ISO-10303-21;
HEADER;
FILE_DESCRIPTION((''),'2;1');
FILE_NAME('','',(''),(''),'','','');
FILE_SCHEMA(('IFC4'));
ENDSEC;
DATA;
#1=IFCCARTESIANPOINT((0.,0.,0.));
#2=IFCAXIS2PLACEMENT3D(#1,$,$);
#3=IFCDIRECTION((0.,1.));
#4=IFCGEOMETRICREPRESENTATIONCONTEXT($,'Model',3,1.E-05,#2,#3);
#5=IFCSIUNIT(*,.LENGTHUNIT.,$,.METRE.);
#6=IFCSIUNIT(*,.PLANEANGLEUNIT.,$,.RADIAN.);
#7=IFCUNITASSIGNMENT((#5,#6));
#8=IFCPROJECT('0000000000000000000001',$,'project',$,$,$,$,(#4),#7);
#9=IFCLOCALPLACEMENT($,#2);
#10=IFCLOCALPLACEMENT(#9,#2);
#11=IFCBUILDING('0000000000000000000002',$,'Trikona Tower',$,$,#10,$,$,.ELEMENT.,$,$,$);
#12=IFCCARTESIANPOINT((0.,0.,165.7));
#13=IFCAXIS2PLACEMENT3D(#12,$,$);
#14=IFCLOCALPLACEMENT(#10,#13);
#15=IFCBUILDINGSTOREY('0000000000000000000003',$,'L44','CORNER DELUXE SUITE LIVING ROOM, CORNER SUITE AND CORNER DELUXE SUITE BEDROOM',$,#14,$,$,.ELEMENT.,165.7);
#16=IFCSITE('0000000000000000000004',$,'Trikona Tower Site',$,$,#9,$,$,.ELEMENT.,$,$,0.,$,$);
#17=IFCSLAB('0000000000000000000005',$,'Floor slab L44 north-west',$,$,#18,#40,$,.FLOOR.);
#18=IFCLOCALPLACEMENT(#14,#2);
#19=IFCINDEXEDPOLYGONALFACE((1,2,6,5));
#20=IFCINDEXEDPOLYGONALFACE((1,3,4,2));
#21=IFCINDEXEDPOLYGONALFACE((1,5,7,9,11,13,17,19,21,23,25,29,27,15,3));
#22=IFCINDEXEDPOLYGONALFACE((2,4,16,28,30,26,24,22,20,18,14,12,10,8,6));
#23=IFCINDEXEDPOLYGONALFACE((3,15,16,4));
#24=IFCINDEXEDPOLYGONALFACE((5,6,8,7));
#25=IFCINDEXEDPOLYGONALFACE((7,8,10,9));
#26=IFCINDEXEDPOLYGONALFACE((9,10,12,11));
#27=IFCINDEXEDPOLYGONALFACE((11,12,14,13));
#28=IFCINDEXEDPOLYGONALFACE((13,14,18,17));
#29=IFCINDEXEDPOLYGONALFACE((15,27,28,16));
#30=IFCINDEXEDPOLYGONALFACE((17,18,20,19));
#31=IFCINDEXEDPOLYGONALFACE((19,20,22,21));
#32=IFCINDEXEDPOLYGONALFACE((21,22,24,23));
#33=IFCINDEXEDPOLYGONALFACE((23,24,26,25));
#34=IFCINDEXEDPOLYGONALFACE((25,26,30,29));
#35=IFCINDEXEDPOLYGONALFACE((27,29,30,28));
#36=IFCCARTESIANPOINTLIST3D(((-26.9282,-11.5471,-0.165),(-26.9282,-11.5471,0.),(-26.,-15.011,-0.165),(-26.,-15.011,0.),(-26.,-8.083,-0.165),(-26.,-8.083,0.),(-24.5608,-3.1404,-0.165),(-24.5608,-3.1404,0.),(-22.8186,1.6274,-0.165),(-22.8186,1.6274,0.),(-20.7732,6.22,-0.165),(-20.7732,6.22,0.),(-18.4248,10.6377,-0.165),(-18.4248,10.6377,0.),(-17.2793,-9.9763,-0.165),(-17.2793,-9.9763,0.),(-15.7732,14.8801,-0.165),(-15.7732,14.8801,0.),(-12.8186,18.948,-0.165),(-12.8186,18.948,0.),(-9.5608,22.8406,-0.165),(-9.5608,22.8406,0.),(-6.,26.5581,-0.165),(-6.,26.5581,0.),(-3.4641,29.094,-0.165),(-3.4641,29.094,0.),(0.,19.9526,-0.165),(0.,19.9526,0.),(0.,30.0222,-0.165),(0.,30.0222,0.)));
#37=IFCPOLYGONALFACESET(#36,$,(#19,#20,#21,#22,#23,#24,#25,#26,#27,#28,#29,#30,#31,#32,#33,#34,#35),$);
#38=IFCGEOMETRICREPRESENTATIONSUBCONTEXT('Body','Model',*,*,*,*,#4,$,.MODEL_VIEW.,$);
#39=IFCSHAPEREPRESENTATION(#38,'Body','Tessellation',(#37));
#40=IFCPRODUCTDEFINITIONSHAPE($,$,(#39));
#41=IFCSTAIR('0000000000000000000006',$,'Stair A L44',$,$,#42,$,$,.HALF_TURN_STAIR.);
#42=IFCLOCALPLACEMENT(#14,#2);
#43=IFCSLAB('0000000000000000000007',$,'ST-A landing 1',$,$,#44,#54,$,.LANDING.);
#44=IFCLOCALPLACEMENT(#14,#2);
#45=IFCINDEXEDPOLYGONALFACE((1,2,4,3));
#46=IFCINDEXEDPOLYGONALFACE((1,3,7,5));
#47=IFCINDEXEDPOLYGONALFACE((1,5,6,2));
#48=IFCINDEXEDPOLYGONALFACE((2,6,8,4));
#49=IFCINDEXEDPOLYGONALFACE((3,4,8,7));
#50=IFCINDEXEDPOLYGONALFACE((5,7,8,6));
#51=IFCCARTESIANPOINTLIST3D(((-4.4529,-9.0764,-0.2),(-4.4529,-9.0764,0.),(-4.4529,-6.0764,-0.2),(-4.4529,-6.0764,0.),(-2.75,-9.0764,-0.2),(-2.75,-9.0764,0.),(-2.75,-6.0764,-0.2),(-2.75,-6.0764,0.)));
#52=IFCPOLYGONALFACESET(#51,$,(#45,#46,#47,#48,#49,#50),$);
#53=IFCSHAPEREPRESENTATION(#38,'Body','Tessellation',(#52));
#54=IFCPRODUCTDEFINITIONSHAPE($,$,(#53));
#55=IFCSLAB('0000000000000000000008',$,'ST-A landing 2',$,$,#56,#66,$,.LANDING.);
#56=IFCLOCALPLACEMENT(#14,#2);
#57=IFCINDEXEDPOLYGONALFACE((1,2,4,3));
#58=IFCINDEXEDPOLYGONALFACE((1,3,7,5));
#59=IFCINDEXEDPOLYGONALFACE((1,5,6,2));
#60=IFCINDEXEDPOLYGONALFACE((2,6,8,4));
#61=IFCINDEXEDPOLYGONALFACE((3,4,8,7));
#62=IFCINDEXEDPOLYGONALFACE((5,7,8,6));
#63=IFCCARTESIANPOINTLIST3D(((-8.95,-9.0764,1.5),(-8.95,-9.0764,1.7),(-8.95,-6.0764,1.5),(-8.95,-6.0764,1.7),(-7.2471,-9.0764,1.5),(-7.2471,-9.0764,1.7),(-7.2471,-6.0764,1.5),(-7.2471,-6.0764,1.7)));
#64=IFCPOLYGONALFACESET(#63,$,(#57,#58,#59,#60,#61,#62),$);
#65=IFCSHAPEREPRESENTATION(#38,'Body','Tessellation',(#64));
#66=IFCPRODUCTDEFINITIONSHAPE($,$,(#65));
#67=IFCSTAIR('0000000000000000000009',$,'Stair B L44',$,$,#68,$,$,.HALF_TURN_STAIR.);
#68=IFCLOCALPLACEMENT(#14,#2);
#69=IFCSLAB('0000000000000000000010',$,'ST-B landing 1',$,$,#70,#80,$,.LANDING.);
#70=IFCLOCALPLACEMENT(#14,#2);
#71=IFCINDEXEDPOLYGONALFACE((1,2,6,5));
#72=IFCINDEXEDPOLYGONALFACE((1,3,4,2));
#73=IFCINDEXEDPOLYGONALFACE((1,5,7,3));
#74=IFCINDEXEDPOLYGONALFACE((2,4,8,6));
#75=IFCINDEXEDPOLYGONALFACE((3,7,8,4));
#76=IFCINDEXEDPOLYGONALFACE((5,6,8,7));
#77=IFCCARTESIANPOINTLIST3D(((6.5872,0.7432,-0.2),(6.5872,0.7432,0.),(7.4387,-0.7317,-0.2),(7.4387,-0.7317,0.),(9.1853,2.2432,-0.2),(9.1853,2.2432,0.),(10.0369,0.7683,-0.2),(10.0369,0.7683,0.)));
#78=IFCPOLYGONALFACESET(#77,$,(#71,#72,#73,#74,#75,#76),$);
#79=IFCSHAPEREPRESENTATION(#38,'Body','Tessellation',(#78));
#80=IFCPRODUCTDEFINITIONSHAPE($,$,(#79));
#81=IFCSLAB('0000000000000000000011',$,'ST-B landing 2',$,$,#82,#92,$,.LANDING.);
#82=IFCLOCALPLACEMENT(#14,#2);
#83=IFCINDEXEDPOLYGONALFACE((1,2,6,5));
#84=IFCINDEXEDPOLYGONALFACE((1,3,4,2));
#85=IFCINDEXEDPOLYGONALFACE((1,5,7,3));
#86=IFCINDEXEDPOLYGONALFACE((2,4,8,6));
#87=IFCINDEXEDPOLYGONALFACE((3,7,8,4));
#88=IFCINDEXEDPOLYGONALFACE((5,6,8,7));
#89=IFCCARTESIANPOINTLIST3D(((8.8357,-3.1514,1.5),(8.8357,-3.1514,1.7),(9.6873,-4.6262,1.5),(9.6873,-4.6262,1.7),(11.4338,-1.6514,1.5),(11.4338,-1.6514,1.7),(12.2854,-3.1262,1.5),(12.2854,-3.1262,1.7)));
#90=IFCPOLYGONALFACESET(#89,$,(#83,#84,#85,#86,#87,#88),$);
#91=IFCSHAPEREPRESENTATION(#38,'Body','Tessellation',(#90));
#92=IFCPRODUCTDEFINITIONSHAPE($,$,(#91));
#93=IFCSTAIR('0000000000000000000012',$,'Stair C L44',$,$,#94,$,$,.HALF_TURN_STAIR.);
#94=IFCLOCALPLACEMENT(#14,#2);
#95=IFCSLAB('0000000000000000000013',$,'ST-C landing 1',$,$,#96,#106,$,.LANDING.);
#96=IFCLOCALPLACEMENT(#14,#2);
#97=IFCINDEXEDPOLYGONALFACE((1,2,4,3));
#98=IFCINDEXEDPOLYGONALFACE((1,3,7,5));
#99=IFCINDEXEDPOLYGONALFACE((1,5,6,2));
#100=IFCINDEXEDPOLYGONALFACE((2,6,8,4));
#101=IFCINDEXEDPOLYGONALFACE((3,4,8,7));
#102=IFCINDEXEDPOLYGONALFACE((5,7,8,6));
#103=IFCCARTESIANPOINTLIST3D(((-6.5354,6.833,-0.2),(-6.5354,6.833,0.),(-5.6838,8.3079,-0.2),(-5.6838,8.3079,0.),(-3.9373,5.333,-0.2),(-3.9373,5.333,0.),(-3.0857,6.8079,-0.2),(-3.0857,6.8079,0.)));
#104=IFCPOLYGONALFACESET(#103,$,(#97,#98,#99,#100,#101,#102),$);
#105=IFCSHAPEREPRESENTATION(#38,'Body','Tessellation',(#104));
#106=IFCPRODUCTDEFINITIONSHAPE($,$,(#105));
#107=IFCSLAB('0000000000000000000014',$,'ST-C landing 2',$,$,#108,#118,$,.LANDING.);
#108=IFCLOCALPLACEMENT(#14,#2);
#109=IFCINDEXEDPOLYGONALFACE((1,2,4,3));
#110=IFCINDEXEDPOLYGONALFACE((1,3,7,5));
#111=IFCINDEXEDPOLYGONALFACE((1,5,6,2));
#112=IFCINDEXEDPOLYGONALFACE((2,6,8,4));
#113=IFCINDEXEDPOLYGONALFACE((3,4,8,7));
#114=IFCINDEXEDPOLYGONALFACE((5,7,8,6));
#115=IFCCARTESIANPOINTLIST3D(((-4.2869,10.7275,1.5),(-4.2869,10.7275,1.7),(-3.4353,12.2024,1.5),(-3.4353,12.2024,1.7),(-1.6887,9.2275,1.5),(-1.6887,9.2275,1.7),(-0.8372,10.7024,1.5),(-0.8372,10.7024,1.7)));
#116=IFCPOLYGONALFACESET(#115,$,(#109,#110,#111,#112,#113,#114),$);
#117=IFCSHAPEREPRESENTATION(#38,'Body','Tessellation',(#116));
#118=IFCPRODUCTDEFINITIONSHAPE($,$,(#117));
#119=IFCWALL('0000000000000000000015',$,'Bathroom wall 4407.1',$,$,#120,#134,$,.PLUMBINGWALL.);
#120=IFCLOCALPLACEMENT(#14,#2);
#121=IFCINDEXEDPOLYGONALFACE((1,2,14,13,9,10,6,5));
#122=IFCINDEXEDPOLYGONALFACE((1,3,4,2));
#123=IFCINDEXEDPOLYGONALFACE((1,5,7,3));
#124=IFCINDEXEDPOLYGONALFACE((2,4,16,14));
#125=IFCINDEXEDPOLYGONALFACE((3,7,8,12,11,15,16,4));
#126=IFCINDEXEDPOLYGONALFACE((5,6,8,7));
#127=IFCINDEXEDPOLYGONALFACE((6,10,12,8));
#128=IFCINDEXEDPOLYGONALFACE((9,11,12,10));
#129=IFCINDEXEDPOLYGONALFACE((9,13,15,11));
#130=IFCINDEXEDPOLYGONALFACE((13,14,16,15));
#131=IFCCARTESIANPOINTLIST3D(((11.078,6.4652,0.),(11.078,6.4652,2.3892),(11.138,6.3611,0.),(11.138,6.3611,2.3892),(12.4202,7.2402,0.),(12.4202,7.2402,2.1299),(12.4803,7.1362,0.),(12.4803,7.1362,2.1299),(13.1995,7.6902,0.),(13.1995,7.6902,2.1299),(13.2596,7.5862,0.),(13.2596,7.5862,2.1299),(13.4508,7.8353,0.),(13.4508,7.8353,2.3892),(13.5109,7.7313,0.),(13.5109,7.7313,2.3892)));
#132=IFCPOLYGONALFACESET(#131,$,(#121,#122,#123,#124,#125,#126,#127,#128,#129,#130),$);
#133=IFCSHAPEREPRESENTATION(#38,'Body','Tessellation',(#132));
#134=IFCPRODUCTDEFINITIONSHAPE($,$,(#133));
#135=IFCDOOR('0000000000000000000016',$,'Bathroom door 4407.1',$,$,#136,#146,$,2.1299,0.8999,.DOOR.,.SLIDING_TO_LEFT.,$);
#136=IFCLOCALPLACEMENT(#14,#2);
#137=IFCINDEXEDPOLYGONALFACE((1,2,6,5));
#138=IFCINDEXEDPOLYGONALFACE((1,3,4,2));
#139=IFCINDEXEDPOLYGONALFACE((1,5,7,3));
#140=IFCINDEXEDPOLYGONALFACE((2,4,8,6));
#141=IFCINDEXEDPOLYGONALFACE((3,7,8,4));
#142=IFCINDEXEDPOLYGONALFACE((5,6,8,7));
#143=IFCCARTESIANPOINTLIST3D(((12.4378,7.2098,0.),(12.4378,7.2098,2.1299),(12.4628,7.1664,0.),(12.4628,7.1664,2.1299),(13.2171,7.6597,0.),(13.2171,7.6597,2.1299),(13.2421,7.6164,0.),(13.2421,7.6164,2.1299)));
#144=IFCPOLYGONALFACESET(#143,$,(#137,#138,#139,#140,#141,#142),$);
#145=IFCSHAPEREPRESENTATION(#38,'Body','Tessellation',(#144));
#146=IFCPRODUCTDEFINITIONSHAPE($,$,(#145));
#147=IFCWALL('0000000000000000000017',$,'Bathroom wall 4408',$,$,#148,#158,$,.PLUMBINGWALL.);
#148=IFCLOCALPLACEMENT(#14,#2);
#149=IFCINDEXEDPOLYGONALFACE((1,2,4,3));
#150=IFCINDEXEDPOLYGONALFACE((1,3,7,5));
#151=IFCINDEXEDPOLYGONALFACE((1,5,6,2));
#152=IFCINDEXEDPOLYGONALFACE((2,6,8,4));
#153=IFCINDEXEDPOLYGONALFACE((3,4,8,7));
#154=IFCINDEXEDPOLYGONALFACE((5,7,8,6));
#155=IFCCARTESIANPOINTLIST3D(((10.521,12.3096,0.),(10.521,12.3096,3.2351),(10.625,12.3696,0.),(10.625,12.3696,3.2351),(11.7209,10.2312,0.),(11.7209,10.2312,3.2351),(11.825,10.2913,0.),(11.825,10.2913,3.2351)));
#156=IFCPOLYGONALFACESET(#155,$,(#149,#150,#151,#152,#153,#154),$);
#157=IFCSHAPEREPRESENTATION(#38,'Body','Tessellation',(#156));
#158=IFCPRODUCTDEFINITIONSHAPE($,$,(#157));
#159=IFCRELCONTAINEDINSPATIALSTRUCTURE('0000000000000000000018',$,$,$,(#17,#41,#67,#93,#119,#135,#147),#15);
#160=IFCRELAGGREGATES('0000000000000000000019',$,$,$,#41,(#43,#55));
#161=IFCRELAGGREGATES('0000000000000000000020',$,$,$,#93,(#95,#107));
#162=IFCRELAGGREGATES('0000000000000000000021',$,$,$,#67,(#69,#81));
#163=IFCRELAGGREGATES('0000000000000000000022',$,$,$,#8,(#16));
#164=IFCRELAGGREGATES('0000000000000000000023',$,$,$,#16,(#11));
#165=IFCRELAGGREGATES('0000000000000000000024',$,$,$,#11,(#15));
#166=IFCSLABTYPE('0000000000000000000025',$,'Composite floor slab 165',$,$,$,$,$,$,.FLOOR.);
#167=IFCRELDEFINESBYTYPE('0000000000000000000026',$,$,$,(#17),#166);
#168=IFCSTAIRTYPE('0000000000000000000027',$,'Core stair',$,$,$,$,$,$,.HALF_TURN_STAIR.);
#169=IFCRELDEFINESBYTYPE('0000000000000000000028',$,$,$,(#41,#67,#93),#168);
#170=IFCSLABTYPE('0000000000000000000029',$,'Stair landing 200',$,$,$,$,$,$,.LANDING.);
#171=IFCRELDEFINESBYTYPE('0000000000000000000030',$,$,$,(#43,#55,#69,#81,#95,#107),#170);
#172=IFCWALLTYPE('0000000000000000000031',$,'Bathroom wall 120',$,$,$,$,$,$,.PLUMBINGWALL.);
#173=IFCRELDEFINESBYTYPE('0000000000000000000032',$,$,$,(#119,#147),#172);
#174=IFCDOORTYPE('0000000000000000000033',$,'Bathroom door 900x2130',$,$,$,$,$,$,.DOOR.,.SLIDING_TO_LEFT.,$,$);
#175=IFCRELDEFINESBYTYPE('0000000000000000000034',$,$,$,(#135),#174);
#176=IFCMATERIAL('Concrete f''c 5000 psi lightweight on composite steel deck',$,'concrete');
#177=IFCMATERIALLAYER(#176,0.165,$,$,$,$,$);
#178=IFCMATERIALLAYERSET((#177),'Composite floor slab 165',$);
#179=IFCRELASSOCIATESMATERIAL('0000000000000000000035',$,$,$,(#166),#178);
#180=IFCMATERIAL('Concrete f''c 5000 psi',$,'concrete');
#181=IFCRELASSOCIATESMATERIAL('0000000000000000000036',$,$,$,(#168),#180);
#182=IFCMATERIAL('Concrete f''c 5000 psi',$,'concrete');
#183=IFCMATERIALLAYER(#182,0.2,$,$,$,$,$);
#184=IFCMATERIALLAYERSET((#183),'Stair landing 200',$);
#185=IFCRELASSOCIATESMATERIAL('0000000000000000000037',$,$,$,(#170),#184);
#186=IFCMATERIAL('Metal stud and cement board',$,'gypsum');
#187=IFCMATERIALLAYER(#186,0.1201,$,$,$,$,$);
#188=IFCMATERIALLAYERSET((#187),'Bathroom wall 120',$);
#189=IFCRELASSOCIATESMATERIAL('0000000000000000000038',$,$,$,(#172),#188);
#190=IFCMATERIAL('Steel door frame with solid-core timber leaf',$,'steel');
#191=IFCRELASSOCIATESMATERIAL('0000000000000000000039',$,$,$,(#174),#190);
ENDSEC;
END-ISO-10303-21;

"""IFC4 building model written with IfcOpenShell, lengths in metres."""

from ifc_helpers import new_model, si_unit, direction, frame, frame_2d, origin, place, context, subcontext, project, spatial, polyline, rectangle, outline, extrude, material, layer, layer_set, type_object, element, fill, aggregate, save


model = new_model("IFC4")

# Units and contexts
model_context = context("Model", 3, precision=1e-05, world=origin(), true_north=direction((0.0, 1.0)))
body_context = subcontext(model_context, "Body", "Model", "MODEL_VIEW")
ifc_project = project(units=[si_unit("LENGTHUNIT", "METRE"), si_unit("PLANEANGLEUNIT", "RADIAN")], contexts=[model_context])

# Site, building, storey
site_placement = place(None, origin())
site = spatial("IfcSite", under=ifc_project, at=site_placement, Name="Trikona Tower Site", CompositionType="ELEMENT", RefElevation=0.0)
building_placement = place(site_placement, origin())
building = spatial("IfcBuilding", under=site, at=building_placement, Name="Trikona Tower", CompositionType="ELEMENT")
storey_placement = place(building_placement, frame((0.0, 0.0, 165.7)))
storey = spatial("IfcBuildingStorey", under=building, at=storey_placement, Name="L44", Description="CORNER DELUXE SUITE LIVING ROOM, CORNER SUITE AND CORNER DELUXE SUITE BEDROOM", CompositionType="ELEMENT", Elevation=165.7)

# Slab
ifc_material_1 = material(Name="Concrete f'c 5000 psi lightweight on composite steel deck", Category="concrete")
ifc_layer_1 = layer(ifc_material_1, 0.165)
ifc_layer_set_1 = layer_set([ifc_layer_1], Name="Composite floor slab 165")
slab_type_1 = type_object("IfcSlabType", Name="Composite floor slab 165", PredefinedType="FLOOR", material=ifc_layer_set_1)
slab_1_placement = place(storey_placement, frame((0.0, 0.0, -0.165)))
element("IfcSlab", 1, at=slab_1_placement, inside=storey, type_object=slab_type_1, Name="Floor slab L44 north-west", PredefinedType="FLOOR", context=body_context, shape_type="SweptSolid", body=[
    extrude(outline(polyline([(0.0, 19.9526), (0.0, 30.0222), (-3.4641, 29.094), (-6.0, 26.5581), (-9.5608, 22.8406), (-12.8186, 18.948), (-15.7732, 14.8801), (-18.4248, 10.6377), (-20.7732, 6.22), (-22.8186, 1.6274), (-24.5608, -3.1404), (-26.0, -8.083), (-26.9282, -11.5471), (-26.0, -15.011), (-17.2793, -9.9763), (0.0, 19.9526)])), origin(), (0.0, 0.0, 1.0), 0.165),
])

# Stairs, slabs
ifc_material_2 = material(Name="Concrete f'c 5000 psi", Category="concrete")
stair_type = type_object("IfcStairType", Name="Core stair", PredefinedType="HALF_TURN_STAIR", material=ifc_material_2)
stair_1_placement = place(storey_placement, origin())
stair_1 = element("IfcStair", 2, at=stair_1_placement, inside=storey, type_object=stair_type, Name="Stair A L44", PredefinedType="HALF_TURN_STAIR")
ifc_material_3 = material(Name="Concrete f'c 5000 psi", Category="concrete")
ifc_layer_2 = layer(ifc_material_3, 0.2)
ifc_layer_set_2 = layer_set([ifc_layer_2], Name="Stair landing 200")
slab_type_2 = type_object("IfcSlabType", Name="Stair landing 200", PredefinedType="LANDING", material=ifc_layer_set_2)
slab_2_placement = place(storey_placement, frame((0.0, 0.0, -0.2)))
slab_2 = element("IfcSlab", 3, at=slab_2_placement, type_object=slab_type_2, Name="ST-A landing 1", PredefinedType="LANDING", context=body_context, shape_type="SweptSolid", body=[
    extrude(outline(polyline([(-4.4529, -6.0764), (-2.75, -6.0764), (-2.75, -9.0764), (-4.4529, -9.0764), (-4.4529, -6.0764)])), origin(), (0.0, 0.0, 1.0), 0.2),
])
slab_3_placement = place(storey_placement, frame((0.0, 0.0, 1.5)))
slab_3 = element("IfcSlab", 4, at=slab_3_placement, type_object=slab_type_2, Name="ST-A landing 2", PredefinedType="LANDING", context=body_context, shape_type="SweptSolid", body=[
    extrude(outline(polyline([(-8.95, -6.0764), (-7.2471, -6.0764), (-7.2471, -9.0764), (-8.95, -9.0764), (-8.95, -6.0764)])), origin(), (0.0, 0.0, 1.0), 0.2),
])
aggregate(stair_1, [slab_2, slab_3])
stair_2_placement = place(storey_placement, origin())
stair_2 = element("IfcStair", 5, at=stair_2_placement, inside=storey, type_object=stair_type, Name="Stair B L44", PredefinedType="HALF_TURN_STAIR")
slab_4_placement = place(storey_placement, frame((0.0, 0.0, -0.2)))
slab_4 = element("IfcSlab", 6, at=slab_4_placement, type_object=slab_type_2, Name="ST-B landing 1", PredefinedType="LANDING", context=body_context, shape_type="SweptSolid", body=[
    extrude(outline(polyline([(7.4387, -0.7317), (6.5872, 0.7432), (9.1853, 2.2432), (10.0369, 0.7683), (7.4387, -0.7317)])), origin(), (0.0, 0.0, 1.0), 0.2),
])
slab_5_placement = place(storey_placement, frame((0.0, 0.0, 1.5)))
slab_5 = element("IfcSlab", 7, at=slab_5_placement, type_object=slab_type_2, Name="ST-B landing 2", PredefinedType="LANDING", context=body_context, shape_type="SweptSolid", body=[
    extrude(outline(polyline([(9.6873, -4.6262), (8.8357, -3.1514), (11.4338, -1.6514), (12.2854, -3.1262), (9.6873, -4.6262)])), origin(), (0.0, 0.0, 1.0), 0.2),
])
stair_3_placement = place(storey_placement, origin())
stair_3 = element("IfcStair", 8, at=stair_3_placement, inside=storey, type_object=stair_type, Name="Stair C L44", PredefinedType="HALF_TURN_STAIR")
slab_6_placement = place(storey_placement, frame((0.0, 0.0, -0.2)))
slab_6 = element("IfcSlab", 9, at=slab_6_placement, type_object=slab_type_2, Name="ST-C landing 1", PredefinedType="LANDING", context=body_context, shape_type="SweptSolid", body=[
    extrude(outline(polyline([(-3.0857, 6.8079), (-3.9373, 5.333), (-6.5354, 6.833), (-5.6838, 8.3079), (-3.0857, 6.8079)])), origin(), (0.0, 0.0, 1.0), 0.2),
])
slab_7_placement = place(storey_placement, frame((0.0, 0.0, 1.5)))
slab_7 = element("IfcSlab", 10, at=slab_7_placement, type_object=slab_type_2, Name="ST-C landing 2", PredefinedType="LANDING", context=body_context, shape_type="SweptSolid", body=[
    extrude(outline(polyline([(-0.8372, 10.7024), (-1.6887, 9.2275), (-4.2869, 10.7275), (-3.4353, 12.2024), (-0.8372, 10.7024)])), origin(), (0.0, 0.0, 1.0), 0.2),
])
aggregate(stair_3, [slab_6, slab_7])

# Wall, opening, door
ifc_material_4 = material(Name="Metal stud and cement board", Category="gypsum")
ifc_layer_3 = layer(ifc_material_4, 0.1201)
ifc_layer_set_3 = layer_set([ifc_layer_3], Name="Bathroom wall 120")
wall_type_1 = type_object("IfcWallType", Name="Bathroom wall 120", PredefinedType="PLUMBINGWALL", material=ifc_layer_set_3)
wall_1_placement = place(storey_placement, frame((11.1079, 6.4131, 0.0), z_axis=(0.0, 0.0, 1.0), x_axis=(0.865997, 0.500049, 0.0)))
wall_1 = element("IfcWall", 11, at=wall_1_placement, inside=storey, type_object=wall_type_1, Name="Bathroom wall 4407.1", PredefinedType="PLUMBINGWALL", context=body_context, shape_type="SweptSolid", body=[
    extrude(rectangle(XDim=2.74, YDim=0.1201, at=frame_2d((1.3701, 0.0))), origin(), (0.0, 0.0, 1.0), 2.3892),
])
opening_1_placement = place(wall_1_placement, frame((1.55, 0.0, 0.0)))
opening_1 = element("IfcOpeningElement", 12, at=opening_1_placement, cuts=wall_1, PredefinedType="OPENING", context=body_context, shape_type="SweptSolid", body=[
    extrude(rectangle(XDim=0.8999, YDim=2.1299, at=frame_2d((0.45, 1.0649))), frame((0.0, 0.0701, 0.0), z_axis=(0.0, -1.0, 0.0), x_axis=(1.0, 0.0, 0.0)), (0.0, 0.0, 1.0), 0.1401),
])
ifc_material_5 = material(Name="Steel door frame with solid-core timber leaf", Category="steel")
door_type_1 = type_object("IfcDoorType", Name="Bathroom door 900x2130", OperationType="SLIDING_TO_LEFT", PredefinedType="DOOR", material=ifc_material_5)
door_1_placement = place(opening_1_placement, origin())
door_1 = element("IfcDoor", 13, at=door_1_placement, inside=storey, type_object=door_type_1, Name="Bathroom door 4407.1", OperationType="SLIDING_TO_LEFT", OverallHeight=2.1299, OverallWidth=0.8999, PredefinedType="DOOR", context=body_context, shape_type="SweptSolid", body=[
    extrude(rectangle(XDim=0.8999, YDim=2.1299, at=frame_2d((0.45, 1.0649))), frame((0.0, 0.0249, 0.0), z_axis=(0.0, -1.0, 0.0), x_axis=(1.0, 0.0, 0.0)), (0.0, 0.0, 1.0), 0.05),
])
fill(opening_1, door_1)

# Wall
wall_2_placement = place(storey_placement, frame((11.7729, 10.2612, 0.0), z_axis=(0.0, 0.0, 1.0), x_axis=(-0.500001, 0.866025, 0.0)))
element("IfcWall", 14, at=wall_2_placement, inside=storey, type_object=wall_type_1, Name="Bathroom wall 4408", PredefinedType="PLUMBINGWALL", context=body_context, shape_type="SweptSolid", body=[
    extrude(rectangle(XDim=2.3999, YDim=0.1201, at=frame_2d((1.2, 0.0))), origin(), (0.0, 0.0, 1.0), 3.2351),
])

aggregate(stair_2, [slab_4, slab_5])

save(model, "model.ifc")
